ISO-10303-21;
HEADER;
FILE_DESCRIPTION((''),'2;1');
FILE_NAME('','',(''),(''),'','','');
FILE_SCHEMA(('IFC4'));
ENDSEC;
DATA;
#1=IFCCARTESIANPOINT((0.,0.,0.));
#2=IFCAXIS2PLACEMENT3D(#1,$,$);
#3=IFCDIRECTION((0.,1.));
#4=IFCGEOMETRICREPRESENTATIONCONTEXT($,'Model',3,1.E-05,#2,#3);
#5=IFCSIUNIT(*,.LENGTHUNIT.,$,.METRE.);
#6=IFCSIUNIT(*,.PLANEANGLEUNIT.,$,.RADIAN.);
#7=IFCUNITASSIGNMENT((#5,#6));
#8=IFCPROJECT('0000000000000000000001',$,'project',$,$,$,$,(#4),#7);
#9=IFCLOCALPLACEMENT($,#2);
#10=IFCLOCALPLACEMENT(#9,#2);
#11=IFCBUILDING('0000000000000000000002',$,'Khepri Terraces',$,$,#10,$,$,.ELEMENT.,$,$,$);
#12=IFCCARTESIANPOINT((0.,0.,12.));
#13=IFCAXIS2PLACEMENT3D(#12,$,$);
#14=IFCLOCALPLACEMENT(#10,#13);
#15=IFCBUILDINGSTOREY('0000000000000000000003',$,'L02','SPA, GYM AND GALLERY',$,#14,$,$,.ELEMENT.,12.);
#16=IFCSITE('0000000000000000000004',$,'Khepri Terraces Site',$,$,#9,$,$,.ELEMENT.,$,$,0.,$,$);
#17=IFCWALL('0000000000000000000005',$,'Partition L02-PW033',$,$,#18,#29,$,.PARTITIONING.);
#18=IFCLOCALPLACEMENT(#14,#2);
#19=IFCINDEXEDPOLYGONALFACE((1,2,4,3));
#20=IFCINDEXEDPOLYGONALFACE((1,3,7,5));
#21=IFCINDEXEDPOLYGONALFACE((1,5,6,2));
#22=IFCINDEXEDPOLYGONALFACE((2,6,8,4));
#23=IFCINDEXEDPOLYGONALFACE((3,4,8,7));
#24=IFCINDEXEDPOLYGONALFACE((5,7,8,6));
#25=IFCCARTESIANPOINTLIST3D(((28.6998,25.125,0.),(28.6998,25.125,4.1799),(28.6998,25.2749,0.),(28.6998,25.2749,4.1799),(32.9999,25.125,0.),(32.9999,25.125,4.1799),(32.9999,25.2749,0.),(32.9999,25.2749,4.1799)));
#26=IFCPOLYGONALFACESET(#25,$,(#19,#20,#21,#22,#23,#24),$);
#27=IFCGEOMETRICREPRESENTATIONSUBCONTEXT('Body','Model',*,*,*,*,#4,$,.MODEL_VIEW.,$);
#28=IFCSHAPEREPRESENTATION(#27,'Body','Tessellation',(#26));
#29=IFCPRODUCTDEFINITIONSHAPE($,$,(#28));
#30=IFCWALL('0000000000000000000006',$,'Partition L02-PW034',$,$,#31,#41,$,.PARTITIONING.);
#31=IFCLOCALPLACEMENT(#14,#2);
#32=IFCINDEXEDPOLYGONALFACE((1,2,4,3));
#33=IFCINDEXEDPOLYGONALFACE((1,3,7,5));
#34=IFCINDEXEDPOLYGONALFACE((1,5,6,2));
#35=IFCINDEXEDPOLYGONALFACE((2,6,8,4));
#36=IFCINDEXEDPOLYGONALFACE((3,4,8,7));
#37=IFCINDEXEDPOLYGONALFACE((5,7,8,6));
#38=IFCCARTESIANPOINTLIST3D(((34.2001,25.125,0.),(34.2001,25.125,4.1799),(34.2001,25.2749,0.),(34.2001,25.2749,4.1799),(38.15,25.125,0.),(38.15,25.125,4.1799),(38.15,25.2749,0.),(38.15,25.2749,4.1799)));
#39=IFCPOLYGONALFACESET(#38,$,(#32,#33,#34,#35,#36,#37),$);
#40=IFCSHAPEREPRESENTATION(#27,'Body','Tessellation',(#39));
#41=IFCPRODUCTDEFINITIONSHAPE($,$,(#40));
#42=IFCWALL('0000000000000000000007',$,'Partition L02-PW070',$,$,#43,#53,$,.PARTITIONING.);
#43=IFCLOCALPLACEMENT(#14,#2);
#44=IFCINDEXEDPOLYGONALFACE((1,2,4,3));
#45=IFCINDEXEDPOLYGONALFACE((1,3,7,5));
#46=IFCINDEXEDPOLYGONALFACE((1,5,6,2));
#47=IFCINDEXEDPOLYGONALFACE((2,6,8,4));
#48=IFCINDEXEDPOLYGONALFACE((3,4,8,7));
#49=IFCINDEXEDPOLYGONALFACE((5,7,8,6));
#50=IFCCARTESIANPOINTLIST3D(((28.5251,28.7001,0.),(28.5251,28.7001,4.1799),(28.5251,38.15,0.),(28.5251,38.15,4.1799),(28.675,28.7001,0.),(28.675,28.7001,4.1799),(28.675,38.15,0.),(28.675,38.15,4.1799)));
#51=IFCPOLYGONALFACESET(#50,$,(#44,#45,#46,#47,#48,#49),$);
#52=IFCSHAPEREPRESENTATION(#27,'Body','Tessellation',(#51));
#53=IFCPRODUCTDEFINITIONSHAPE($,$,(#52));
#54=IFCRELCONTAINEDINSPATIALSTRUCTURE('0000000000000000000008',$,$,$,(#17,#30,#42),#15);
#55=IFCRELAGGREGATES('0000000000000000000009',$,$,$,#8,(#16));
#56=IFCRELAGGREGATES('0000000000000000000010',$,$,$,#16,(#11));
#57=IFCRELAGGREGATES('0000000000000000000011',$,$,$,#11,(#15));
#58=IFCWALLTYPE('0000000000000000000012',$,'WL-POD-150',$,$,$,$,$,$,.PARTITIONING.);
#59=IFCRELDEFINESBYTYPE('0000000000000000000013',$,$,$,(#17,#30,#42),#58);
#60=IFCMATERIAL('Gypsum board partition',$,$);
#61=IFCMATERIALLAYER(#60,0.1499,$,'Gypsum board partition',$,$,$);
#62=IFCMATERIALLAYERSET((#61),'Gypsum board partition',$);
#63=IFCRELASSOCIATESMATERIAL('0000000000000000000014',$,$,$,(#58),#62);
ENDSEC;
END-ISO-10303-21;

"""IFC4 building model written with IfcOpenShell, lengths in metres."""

from ifc_helpers import new_model, si_unit, direction, frame, frame_2d, origin, place, context, subcontext, project, spatial, rectangle, extrude, material, layer, layer_set, type_object, element, save


model = new_model("IFC4")

# Units and contexts
model_context = context("Model", 3, precision=1e-05, world=origin(), true_north=direction((0.0, 1.0)))
body_context = subcontext(model_context, "Body", "Model", "MODEL_VIEW")
ifc_project = project(units=[si_unit("LENGTHUNIT", "METRE"), si_unit("PLANEANGLEUNIT", "RADIAN")], contexts=[model_context])

# Site, building, storey
site_placement = place(None, origin())
site = spatial("IfcSite", under=ifc_project, at=site_placement, Name="Khepri Terraces Site", CompositionType="ELEMENT", RefElevation=0.0)
building_placement = place(site_placement, origin())
building = spatial("IfcBuilding", under=site, at=building_placement, Name="Khepri Terraces", CompositionType="ELEMENT")
storey_placement = place(building_placement, frame((0.0, 0.0, 12.0)))
storey = spatial("IfcBuildingStorey", under=building, at=storey_placement, Name="L02", Description="SPA, GYM AND GALLERY", CompositionType="ELEMENT", Elevation=12.0)

# Walls
ifc_material_1 = material(Name="Gypsum board partition")
ifc_layer_1 = layer(ifc_material_1, 0.1499, Name="Gypsum board partition")
ifc_layer_set_1 = layer_set([ifc_layer_1], Name="Gypsum board partition")
wall_type_1 = type_object("IfcWallType", Name="WL-POD-150", PredefinedType="PARTITIONING", material=ifc_layer_set_1)
wall_1_placement = place(storey_placement, frame((28.7, 25.2, 0.0), z_axis=(0.0, 0.0, 1.0), x_axis=(1.0, 0.0, 0.0)))
element("IfcWall", 1, at=wall_1_placement, inside=storey, type_object=wall_type_1, Name="Partition L02-PW033", PredefinedType="PARTITIONING", context=body_context, shape_type="SweptSolid", body=[
    extrude(rectangle(XDim=4.3, YDim=0.1499, at=frame_2d((2.1499, 0.0))), origin(), (0.0, 0.0, 1.0), 4.1799),
])
wall_2_placement = place(storey_placement, frame((34.2, 25.2, 0.0), z_axis=(0.0, 0.0, 1.0), x_axis=(1.0, 0.0, 0.0)))
element("IfcWall", 2, at=wall_2_placement, inside=storey, type_object=wall_type_1, Name="Partition L02-PW034", PredefinedType="PARTITIONING", context=body_context, shape_type="SweptSolid", body=[
    extrude(rectangle(XDim=3.95, YDim=0.1499, at=frame_2d((1.9751, 0.0))), origin(), (0.0, 0.0, 1.0), 4.1799),
])
wall_3_placement = place(storey_placement, frame((28.6001, 28.7, 0.0), z_axis=(0.0, 0.0, 1.0), x_axis=(0.0, 1.0, 0.0)))
element("IfcWall", 3, at=wall_3_placement, inside=storey, type_object=wall_type_1, Name="Partition L02-PW070", PredefinedType="PARTITIONING", context=body_context, shape_type="SweptSolid", body=[
    extrude(rectangle(XDim=9.45, YDim=0.1499, at=frame_2d((4.7251, 0.0))), origin(), (0.0, 0.0, 1.0), 4.1799),
])

save(model, "model.ifc")
